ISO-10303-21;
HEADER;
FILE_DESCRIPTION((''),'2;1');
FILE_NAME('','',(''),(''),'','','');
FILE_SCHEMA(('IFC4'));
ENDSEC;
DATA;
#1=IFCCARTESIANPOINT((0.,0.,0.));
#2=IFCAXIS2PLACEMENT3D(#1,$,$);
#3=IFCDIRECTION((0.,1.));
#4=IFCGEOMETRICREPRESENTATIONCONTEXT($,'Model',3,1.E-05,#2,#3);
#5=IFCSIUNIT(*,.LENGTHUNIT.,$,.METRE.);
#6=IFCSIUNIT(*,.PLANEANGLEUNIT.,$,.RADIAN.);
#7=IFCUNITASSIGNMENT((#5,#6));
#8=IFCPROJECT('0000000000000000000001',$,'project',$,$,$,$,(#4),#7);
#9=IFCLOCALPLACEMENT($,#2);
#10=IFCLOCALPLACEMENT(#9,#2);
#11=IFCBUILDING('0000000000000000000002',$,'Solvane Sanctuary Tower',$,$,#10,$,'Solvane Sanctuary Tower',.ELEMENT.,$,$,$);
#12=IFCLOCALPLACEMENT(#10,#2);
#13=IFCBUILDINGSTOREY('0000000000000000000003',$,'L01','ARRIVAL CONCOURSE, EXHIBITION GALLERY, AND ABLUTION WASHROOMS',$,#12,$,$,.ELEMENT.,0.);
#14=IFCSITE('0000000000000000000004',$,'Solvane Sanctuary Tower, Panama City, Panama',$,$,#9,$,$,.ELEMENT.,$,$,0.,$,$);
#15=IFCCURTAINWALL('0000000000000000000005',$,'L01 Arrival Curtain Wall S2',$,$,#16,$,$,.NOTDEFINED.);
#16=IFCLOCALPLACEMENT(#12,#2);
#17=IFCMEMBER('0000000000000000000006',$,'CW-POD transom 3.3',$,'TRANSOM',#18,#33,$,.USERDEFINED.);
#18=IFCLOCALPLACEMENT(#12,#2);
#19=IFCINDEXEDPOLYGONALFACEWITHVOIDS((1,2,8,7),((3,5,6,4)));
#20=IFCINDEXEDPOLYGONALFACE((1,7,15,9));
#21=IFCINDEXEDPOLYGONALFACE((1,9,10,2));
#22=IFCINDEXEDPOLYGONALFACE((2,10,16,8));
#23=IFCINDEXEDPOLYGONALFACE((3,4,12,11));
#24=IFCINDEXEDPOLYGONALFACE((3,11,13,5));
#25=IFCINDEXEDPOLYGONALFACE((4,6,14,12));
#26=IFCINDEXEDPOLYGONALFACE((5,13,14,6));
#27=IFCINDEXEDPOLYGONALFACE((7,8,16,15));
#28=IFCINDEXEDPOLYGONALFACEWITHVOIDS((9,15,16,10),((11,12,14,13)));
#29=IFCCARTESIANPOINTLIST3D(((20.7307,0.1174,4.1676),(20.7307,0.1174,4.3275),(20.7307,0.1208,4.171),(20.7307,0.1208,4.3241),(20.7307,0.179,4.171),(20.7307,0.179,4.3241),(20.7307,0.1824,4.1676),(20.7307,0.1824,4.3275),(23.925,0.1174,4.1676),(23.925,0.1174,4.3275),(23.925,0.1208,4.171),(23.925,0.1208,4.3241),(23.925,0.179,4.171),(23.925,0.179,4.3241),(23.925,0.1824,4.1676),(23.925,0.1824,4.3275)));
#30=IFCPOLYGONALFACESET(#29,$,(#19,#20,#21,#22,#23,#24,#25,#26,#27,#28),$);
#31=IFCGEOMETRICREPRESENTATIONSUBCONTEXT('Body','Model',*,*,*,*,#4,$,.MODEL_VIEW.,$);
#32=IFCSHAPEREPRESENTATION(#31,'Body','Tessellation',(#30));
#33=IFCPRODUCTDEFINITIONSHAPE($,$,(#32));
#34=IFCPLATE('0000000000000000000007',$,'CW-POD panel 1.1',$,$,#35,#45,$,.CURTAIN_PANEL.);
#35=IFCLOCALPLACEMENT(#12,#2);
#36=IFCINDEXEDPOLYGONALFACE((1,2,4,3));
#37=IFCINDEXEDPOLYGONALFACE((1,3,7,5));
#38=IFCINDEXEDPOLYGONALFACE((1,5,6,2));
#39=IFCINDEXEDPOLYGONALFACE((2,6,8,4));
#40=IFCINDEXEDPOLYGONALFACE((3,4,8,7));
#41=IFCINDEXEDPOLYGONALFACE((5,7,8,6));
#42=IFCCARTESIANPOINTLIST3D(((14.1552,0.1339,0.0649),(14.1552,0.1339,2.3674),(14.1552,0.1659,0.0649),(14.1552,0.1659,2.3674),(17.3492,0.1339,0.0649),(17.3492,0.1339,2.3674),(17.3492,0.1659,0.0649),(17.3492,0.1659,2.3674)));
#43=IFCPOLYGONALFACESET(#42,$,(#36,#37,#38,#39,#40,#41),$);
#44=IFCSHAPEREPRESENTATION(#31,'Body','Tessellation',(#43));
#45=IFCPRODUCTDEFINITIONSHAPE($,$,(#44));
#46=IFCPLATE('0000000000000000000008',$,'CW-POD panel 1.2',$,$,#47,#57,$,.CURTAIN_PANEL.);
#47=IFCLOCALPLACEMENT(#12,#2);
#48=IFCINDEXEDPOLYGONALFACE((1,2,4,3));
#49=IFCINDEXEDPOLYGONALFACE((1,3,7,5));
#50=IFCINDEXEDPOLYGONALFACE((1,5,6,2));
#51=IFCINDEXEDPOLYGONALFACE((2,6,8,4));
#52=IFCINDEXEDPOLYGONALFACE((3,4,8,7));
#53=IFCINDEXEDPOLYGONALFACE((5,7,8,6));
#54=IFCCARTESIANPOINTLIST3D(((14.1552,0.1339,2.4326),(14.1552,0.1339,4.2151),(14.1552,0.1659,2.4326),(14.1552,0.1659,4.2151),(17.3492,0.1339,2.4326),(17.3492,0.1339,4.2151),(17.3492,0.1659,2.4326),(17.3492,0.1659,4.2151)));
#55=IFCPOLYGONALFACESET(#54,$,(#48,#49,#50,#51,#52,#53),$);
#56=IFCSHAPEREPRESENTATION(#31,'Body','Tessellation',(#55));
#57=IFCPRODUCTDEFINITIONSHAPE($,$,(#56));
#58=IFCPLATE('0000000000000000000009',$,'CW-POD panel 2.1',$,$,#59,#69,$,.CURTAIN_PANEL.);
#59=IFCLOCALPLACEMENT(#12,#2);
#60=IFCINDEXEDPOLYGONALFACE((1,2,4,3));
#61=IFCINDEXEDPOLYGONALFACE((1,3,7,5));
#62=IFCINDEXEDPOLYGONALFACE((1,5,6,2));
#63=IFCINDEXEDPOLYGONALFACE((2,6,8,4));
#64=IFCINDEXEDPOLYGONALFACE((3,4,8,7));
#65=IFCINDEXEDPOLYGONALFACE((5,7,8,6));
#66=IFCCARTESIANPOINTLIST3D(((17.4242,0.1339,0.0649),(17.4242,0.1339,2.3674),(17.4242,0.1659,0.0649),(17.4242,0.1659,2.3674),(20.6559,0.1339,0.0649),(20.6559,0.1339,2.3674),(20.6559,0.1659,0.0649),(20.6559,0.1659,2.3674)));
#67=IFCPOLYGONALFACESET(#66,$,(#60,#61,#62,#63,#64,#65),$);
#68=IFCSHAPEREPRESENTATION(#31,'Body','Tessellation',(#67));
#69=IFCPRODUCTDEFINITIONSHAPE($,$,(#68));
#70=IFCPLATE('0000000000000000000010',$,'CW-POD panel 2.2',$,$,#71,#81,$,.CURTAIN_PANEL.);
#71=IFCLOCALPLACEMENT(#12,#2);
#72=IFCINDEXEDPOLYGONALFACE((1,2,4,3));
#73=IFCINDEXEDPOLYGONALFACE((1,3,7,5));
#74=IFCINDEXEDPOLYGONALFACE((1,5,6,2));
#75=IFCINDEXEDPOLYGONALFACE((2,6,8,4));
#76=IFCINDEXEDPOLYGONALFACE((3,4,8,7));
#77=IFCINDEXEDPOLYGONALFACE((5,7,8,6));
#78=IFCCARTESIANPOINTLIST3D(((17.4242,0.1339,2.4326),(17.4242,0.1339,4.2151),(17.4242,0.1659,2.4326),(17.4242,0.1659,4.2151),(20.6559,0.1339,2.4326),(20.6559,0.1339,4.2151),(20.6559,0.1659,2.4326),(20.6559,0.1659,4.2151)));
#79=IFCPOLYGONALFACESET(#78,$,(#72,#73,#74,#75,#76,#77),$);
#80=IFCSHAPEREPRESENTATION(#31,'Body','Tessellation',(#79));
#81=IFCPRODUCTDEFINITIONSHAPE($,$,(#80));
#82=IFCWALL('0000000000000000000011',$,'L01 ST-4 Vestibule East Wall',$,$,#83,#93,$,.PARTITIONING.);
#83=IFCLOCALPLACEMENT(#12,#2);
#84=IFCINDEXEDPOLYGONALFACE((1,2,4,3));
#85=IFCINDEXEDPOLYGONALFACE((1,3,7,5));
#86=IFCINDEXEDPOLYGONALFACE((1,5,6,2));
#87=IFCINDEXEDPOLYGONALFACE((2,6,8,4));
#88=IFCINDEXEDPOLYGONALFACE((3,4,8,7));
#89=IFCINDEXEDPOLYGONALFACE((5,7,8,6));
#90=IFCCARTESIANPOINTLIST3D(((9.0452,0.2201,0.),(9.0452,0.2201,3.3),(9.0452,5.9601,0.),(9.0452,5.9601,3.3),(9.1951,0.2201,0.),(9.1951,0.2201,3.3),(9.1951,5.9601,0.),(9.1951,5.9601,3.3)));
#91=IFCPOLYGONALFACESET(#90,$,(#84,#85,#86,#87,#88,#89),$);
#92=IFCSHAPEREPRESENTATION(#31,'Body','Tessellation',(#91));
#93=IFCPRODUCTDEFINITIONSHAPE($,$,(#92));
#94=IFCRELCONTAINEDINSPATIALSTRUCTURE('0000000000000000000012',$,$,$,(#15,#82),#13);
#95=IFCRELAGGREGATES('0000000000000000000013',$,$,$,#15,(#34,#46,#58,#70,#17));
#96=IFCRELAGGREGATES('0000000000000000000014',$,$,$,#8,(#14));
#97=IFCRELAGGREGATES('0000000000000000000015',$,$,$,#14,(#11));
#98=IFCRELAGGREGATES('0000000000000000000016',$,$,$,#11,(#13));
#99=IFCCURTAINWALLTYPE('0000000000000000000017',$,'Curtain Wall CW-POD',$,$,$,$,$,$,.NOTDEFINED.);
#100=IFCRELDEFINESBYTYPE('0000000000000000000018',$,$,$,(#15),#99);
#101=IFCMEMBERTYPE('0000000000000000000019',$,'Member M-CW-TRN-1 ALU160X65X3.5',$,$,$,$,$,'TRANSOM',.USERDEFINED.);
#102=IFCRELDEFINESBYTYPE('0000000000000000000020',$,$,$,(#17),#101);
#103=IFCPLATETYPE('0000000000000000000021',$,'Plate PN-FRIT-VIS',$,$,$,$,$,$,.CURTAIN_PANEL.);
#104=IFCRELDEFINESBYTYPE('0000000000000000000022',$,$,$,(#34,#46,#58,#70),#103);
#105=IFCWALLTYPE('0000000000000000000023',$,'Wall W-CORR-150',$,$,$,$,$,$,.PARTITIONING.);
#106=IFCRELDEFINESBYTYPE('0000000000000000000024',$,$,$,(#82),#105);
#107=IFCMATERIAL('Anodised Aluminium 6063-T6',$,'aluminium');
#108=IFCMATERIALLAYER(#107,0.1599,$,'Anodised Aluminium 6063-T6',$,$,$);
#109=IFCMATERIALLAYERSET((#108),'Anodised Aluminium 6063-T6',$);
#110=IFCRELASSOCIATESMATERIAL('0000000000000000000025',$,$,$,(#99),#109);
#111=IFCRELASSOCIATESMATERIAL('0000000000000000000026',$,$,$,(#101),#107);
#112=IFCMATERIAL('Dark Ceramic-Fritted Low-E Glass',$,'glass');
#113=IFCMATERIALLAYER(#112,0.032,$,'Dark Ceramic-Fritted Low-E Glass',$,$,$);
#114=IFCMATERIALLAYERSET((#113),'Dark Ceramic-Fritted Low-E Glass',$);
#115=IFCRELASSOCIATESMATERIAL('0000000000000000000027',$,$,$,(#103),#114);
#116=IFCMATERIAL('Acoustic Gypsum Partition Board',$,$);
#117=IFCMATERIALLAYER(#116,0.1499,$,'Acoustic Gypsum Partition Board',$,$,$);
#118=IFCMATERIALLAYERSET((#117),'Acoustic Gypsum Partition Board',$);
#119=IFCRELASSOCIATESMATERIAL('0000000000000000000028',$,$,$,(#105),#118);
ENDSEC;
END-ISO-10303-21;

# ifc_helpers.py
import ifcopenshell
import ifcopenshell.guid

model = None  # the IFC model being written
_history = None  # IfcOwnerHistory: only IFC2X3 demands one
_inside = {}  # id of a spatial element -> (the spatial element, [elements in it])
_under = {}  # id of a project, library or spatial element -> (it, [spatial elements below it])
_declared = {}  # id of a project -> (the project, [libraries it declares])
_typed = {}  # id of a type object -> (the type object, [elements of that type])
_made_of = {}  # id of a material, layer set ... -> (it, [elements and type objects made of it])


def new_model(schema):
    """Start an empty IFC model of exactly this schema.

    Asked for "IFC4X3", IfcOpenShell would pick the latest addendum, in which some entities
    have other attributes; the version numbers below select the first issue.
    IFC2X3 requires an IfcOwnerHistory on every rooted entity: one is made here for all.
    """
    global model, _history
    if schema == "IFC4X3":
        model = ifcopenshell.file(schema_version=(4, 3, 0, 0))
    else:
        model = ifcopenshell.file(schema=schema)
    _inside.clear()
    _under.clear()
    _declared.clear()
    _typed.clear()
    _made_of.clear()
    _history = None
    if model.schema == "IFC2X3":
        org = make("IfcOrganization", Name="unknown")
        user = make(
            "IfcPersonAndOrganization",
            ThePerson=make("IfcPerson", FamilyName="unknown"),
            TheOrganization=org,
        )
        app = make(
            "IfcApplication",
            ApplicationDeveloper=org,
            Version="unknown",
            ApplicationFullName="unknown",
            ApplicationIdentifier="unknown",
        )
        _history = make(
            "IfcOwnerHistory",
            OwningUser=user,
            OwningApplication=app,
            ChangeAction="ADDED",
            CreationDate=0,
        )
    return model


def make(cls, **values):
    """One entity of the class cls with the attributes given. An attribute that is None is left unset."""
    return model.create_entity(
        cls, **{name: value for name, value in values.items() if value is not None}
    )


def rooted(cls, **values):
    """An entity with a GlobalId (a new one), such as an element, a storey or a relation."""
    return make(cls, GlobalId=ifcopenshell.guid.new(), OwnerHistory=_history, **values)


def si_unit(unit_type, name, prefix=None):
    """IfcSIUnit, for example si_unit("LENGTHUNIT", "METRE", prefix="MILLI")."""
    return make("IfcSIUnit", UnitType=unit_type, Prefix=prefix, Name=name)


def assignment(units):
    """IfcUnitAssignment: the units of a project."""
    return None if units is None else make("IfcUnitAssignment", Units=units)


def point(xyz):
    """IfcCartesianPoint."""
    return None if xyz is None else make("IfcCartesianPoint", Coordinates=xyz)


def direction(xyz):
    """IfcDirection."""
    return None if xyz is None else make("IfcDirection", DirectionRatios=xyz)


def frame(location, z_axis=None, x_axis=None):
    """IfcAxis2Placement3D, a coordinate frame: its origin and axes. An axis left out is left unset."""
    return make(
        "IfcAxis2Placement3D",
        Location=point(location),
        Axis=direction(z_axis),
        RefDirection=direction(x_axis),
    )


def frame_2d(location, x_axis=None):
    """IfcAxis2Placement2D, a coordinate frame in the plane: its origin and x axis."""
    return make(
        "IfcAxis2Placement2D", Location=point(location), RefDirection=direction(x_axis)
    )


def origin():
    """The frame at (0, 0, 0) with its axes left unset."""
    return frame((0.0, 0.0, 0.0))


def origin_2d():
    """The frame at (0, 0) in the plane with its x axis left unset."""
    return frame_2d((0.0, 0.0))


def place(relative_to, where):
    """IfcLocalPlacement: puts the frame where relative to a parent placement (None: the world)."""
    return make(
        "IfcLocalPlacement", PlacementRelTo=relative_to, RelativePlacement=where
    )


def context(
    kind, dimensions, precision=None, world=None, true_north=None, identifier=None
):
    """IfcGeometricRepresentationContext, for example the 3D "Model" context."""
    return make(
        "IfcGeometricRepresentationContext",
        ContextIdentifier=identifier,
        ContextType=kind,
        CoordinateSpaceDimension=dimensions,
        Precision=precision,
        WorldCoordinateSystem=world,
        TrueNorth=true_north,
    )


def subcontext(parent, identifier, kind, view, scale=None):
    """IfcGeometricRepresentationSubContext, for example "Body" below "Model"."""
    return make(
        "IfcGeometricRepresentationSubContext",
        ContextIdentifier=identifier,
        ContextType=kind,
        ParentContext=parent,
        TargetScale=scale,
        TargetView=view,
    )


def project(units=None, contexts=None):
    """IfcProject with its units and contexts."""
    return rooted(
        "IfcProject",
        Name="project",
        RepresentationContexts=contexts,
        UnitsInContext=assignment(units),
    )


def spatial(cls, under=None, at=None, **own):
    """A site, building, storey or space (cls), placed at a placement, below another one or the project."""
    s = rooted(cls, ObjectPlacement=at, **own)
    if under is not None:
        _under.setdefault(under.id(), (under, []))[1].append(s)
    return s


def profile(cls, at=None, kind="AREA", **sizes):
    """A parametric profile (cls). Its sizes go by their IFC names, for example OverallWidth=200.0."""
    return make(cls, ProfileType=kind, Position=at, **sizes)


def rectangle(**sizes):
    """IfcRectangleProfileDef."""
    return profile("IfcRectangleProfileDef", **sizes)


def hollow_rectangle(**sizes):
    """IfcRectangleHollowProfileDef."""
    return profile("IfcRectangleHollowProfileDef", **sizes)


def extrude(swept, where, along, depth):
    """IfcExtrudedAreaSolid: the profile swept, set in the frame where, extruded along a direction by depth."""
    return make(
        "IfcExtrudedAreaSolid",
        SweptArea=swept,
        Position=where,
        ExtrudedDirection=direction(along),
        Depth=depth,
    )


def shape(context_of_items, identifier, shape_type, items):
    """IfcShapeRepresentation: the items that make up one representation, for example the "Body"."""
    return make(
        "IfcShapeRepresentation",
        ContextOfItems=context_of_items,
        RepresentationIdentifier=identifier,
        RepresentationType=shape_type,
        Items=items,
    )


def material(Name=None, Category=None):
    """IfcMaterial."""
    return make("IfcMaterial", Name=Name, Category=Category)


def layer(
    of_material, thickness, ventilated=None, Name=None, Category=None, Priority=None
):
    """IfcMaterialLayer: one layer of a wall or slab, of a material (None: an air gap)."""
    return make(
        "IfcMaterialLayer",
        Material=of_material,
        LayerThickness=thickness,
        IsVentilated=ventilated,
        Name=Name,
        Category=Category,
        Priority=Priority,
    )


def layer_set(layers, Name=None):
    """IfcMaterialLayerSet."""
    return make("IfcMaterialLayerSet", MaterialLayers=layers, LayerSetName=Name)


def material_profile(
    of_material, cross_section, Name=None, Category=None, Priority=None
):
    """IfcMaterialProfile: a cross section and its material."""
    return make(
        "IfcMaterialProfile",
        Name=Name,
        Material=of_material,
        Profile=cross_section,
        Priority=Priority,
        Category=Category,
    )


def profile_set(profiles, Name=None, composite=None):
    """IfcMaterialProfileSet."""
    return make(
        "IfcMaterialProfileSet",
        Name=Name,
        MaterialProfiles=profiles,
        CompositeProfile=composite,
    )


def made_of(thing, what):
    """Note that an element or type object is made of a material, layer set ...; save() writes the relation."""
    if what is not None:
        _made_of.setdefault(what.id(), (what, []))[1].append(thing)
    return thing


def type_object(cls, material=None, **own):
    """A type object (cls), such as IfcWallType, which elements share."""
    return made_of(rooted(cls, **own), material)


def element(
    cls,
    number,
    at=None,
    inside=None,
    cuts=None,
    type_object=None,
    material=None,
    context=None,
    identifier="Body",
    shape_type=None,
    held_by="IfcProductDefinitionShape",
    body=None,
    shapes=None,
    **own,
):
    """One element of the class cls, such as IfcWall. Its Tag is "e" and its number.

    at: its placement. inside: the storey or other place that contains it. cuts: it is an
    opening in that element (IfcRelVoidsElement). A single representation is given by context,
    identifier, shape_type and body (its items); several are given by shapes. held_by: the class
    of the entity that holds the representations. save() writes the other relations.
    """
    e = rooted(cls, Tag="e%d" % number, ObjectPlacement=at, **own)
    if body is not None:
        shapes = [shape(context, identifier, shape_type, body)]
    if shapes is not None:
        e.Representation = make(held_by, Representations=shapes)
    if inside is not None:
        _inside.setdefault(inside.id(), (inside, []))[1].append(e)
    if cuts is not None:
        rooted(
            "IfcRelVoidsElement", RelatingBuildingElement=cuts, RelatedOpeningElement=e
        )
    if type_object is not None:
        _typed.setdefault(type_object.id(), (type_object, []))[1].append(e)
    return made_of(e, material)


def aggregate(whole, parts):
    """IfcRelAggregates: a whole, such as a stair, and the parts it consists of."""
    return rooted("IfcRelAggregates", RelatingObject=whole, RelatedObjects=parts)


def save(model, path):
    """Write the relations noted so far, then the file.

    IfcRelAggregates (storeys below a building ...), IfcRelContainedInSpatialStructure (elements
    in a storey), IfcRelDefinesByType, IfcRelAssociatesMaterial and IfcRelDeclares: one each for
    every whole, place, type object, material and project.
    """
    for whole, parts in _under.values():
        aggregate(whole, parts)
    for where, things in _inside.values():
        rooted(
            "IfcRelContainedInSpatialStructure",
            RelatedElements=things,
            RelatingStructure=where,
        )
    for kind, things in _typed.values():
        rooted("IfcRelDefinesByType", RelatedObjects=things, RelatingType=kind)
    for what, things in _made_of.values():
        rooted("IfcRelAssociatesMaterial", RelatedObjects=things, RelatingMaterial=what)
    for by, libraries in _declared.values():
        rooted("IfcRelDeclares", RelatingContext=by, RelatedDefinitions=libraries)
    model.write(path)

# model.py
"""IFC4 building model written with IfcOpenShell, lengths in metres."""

from ifc_helpers import new_model, si_unit, direction, frame, frame_2d, origin, origin_2d, place, context, subcontext, project, spatial, rectangle, hollow_rectangle, extrude, material, layer, layer_set, material_profile, profile_set, type_object, element, aggregate, save


model = new_model("IFC4")

# Units and contexts
model_context = context("Model", 3, precision=1e-05, world=origin(), true_north=direction((0.0, 1.0)))
body_context = subcontext(model_context, "Body", "Model", "MODEL_VIEW")
ifc_project = project(units=[si_unit("LENGTHUNIT", "METRE"), si_unit("PLANEANGLEUNIT", "RADIAN")], contexts=[model_context])

# Site, building, storey
site_placement = place(None, origin())
site = spatial("IfcSite", under=ifc_project, at=site_placement, Name="Solvane Sanctuary Tower, Panama City, Panama", CompositionType="ELEMENT", RefElevation=0.0)
building_placement = place(site_placement, origin())
building = spatial("IfcBuilding", under=site, at=building_placement, Name="Solvane Sanctuary Tower", LongName="Solvane Sanctuary Tower", CompositionType="ELEMENT")
storey_placement = place(building_placement, origin())
storey = spatial("IfcBuildingStorey", under=building, at=storey_placement, Name="L01", Description="ARRIVAL CONCOURSE, EXHIBITION GALLERY, AND ABLUTION WASHROOMS", CompositionType="ELEMENT", Elevation=0.0)

# Curtain wall, member, plates
ifc_material_1 = material(Name="Anodised Aluminium 6063-T6", Category="aluminium")
ifc_layer_1 = layer(ifc_material_1, 0.1599, Name="Anodised Aluminium 6063-T6")
ifc_layer_set_1 = layer_set([ifc_layer_1], Name="Anodised Aluminium 6063-T6")
curtain_wall_type = type_object("IfcCurtainWallType", Name="Curtain Wall CW-POD", PredefinedType="NOTDEFINED", material=ifc_layer_set_1)
curtain_wall_placement = place(storey_placement, origin())
curtain_wall = element("IfcCurtainWall", 1, at=curtain_wall_placement, inside=storey, type_object=curtain_wall_type, Name="L01 Arrival Curtain Wall S2", PredefinedType="NOTDEFINED")
ifc_material_profile_1 = material_profile(ifc_material_1, hollow_rectangle(XDim=0.0649, YDim=0.1599, WallThickness=0.0034, at=origin_2d()), Name="ALU160X65X3.5")
ifc_profile_set_1 = profile_set([ifc_material_profile_1], Name="Anodised Aluminium 6063-T6")
member_type_1 = type_object("IfcMemberType", Name="Member M-CW-TRN-1 ALU160X65X3.5", ElementType="TRANSOM", PredefinedType="USERDEFINED", material=ifc_profile_set_1)
member_1_placement = place(storey_placement, frame((20.7307, 0.1499, 4.2476), z_axis=(1.0, 0.0, 0.0), x_axis=(0.0, 1.0, 0.0)))
member_1 = element("IfcMember", 2, at=member_1_placement, type_object=member_type_1, Name="CW-POD transom 3.3", ObjectType="TRANSOM", PredefinedType="USERDEFINED", context=body_context, shape_type="SweptSolid", body=[
    extrude(hollow_rectangle(XDim=0.0649, YDim=0.1599, WallThickness=0.0034, at=origin_2d()), origin(), (0.0, 0.0, 1.0), 3.1943),
])
ifc_material_2 = material(Name="Dark Ceramic-Fritted Low-E Glass", Category="glass")
ifc_layer_2 = layer(ifc_material_2, 0.032, Name="Dark Ceramic-Fritted Low-E Glass")
ifc_layer_set_2 = layer_set([ifc_layer_2], Name="Dark Ceramic-Fritted Low-E Glass")
plate_type = type_object("IfcPlateType", Name="Plate PN-FRIT-VIS", PredefinedType="CURTAIN_PANEL", material=ifc_layer_set_2)
plate_1_placement = place(storey_placement, frame((15.7522, 0.1499, 0.0649), z_axis=(0.0, 0.0, 1.0), x_axis=(1.0, 0.0, 0.0)))
plate_1 = element("IfcPlate", 3, at=plate_1_placement, type_object=plate_type, Name="CW-POD panel 1.1", PredefinedType="CURTAIN_PANEL", context=body_context, shape_type="SweptSolid", body=[
    extrude(rectangle(XDim=3.1941, YDim=0.032, at=origin_2d()), origin(), (0.0, 0.0, 1.0), 2.3025),
])
plate_2_placement = place(storey_placement, frame((15.7522, 0.1499, 2.4326), z_axis=(0.0, 0.0, 1.0), x_axis=(1.0, 0.0, 0.0)))
plate_2 = element("IfcPlate", 4, at=plate_2_placement, type_object=plate_type, Name="CW-POD panel 1.2", PredefinedType="CURTAIN_PANEL", context=body_context, shape_type="SweptSolid", body=[
    extrude(rectangle(XDim=3.1941, YDim=0.032, at=origin_2d()), origin(), (0.0, 0.0, 1.0), 1.7825),
])
plate_3_placement = place(storey_placement, frame((19.04, 0.1499, 0.0649), z_axis=(0.0, 0.0, 1.0), x_axis=(1.0, 0.0, 0.0)))
plate_3 = element("IfcPlate", 5, at=plate_3_placement, type_object=plate_type, Name="CW-POD panel 2.1", PredefinedType="CURTAIN_PANEL", context=body_context, shape_type="SweptSolid", body=[
    extrude(rectangle(XDim=3.2317, YDim=0.032, at=origin_2d()), origin(), (0.0, 0.0, 1.0), 2.3025),
])
plate_4_placement = place(storey_placement, frame((19.04, 0.1499, 2.4326), z_axis=(0.0, 0.0, 1.0), x_axis=(1.0, 0.0, 0.0)))
plate_4 = element("IfcPlate", 6, at=plate_4_placement, type_object=plate_type, Name="CW-POD panel 2.2", PredefinedType="CURTAIN_PANEL", context=body_context, shape_type="SweptSolid", body=[
    extrude(rectangle(XDim=3.2317, YDim=0.032, at=origin_2d()), origin(), (0.0, 0.0, 1.0), 1.7825),
])
aggregate(curtain_wall, [plate_1, plate_2, plate_3, plate_4, member_1])

# Wall
ifc_material_3 = material(Name="Acoustic Gypsum Partition Board")
ifc_layer_3 = layer(ifc_material_3, 0.1499, Name="Acoustic Gypsum Partition Board")
ifc_layer_set_3 = layer_set([ifc_layer_3], Name="Acoustic Gypsum Partition Board")
wall_type = type_object("IfcWallType", Name="Wall W-CORR-150", PredefinedType="PARTITIONING", material=ifc_layer_set_3)
wall_placement = place(storey_placement, frame((9.1201, 0.22, 0.0), z_axis=(0.0, 0.0, 1.0), x_axis=(0.0, 1.0, 0.0)))
element("IfcWall", 7, at=wall_placement, inside=storey, type_object=wall_type, Name="L01 ST-4 Vestibule East Wall", PredefinedType="PARTITIONING", context=body_context, shape_type="SweptSolid", body=[
    extrude(rectangle(XDim=5.74, YDim=0.1499, at=frame_2d((2.8701, 0.0))), origin(), (0.0, 0.0, 1.0), 3.3),
])

save(model, "model.ifc")
